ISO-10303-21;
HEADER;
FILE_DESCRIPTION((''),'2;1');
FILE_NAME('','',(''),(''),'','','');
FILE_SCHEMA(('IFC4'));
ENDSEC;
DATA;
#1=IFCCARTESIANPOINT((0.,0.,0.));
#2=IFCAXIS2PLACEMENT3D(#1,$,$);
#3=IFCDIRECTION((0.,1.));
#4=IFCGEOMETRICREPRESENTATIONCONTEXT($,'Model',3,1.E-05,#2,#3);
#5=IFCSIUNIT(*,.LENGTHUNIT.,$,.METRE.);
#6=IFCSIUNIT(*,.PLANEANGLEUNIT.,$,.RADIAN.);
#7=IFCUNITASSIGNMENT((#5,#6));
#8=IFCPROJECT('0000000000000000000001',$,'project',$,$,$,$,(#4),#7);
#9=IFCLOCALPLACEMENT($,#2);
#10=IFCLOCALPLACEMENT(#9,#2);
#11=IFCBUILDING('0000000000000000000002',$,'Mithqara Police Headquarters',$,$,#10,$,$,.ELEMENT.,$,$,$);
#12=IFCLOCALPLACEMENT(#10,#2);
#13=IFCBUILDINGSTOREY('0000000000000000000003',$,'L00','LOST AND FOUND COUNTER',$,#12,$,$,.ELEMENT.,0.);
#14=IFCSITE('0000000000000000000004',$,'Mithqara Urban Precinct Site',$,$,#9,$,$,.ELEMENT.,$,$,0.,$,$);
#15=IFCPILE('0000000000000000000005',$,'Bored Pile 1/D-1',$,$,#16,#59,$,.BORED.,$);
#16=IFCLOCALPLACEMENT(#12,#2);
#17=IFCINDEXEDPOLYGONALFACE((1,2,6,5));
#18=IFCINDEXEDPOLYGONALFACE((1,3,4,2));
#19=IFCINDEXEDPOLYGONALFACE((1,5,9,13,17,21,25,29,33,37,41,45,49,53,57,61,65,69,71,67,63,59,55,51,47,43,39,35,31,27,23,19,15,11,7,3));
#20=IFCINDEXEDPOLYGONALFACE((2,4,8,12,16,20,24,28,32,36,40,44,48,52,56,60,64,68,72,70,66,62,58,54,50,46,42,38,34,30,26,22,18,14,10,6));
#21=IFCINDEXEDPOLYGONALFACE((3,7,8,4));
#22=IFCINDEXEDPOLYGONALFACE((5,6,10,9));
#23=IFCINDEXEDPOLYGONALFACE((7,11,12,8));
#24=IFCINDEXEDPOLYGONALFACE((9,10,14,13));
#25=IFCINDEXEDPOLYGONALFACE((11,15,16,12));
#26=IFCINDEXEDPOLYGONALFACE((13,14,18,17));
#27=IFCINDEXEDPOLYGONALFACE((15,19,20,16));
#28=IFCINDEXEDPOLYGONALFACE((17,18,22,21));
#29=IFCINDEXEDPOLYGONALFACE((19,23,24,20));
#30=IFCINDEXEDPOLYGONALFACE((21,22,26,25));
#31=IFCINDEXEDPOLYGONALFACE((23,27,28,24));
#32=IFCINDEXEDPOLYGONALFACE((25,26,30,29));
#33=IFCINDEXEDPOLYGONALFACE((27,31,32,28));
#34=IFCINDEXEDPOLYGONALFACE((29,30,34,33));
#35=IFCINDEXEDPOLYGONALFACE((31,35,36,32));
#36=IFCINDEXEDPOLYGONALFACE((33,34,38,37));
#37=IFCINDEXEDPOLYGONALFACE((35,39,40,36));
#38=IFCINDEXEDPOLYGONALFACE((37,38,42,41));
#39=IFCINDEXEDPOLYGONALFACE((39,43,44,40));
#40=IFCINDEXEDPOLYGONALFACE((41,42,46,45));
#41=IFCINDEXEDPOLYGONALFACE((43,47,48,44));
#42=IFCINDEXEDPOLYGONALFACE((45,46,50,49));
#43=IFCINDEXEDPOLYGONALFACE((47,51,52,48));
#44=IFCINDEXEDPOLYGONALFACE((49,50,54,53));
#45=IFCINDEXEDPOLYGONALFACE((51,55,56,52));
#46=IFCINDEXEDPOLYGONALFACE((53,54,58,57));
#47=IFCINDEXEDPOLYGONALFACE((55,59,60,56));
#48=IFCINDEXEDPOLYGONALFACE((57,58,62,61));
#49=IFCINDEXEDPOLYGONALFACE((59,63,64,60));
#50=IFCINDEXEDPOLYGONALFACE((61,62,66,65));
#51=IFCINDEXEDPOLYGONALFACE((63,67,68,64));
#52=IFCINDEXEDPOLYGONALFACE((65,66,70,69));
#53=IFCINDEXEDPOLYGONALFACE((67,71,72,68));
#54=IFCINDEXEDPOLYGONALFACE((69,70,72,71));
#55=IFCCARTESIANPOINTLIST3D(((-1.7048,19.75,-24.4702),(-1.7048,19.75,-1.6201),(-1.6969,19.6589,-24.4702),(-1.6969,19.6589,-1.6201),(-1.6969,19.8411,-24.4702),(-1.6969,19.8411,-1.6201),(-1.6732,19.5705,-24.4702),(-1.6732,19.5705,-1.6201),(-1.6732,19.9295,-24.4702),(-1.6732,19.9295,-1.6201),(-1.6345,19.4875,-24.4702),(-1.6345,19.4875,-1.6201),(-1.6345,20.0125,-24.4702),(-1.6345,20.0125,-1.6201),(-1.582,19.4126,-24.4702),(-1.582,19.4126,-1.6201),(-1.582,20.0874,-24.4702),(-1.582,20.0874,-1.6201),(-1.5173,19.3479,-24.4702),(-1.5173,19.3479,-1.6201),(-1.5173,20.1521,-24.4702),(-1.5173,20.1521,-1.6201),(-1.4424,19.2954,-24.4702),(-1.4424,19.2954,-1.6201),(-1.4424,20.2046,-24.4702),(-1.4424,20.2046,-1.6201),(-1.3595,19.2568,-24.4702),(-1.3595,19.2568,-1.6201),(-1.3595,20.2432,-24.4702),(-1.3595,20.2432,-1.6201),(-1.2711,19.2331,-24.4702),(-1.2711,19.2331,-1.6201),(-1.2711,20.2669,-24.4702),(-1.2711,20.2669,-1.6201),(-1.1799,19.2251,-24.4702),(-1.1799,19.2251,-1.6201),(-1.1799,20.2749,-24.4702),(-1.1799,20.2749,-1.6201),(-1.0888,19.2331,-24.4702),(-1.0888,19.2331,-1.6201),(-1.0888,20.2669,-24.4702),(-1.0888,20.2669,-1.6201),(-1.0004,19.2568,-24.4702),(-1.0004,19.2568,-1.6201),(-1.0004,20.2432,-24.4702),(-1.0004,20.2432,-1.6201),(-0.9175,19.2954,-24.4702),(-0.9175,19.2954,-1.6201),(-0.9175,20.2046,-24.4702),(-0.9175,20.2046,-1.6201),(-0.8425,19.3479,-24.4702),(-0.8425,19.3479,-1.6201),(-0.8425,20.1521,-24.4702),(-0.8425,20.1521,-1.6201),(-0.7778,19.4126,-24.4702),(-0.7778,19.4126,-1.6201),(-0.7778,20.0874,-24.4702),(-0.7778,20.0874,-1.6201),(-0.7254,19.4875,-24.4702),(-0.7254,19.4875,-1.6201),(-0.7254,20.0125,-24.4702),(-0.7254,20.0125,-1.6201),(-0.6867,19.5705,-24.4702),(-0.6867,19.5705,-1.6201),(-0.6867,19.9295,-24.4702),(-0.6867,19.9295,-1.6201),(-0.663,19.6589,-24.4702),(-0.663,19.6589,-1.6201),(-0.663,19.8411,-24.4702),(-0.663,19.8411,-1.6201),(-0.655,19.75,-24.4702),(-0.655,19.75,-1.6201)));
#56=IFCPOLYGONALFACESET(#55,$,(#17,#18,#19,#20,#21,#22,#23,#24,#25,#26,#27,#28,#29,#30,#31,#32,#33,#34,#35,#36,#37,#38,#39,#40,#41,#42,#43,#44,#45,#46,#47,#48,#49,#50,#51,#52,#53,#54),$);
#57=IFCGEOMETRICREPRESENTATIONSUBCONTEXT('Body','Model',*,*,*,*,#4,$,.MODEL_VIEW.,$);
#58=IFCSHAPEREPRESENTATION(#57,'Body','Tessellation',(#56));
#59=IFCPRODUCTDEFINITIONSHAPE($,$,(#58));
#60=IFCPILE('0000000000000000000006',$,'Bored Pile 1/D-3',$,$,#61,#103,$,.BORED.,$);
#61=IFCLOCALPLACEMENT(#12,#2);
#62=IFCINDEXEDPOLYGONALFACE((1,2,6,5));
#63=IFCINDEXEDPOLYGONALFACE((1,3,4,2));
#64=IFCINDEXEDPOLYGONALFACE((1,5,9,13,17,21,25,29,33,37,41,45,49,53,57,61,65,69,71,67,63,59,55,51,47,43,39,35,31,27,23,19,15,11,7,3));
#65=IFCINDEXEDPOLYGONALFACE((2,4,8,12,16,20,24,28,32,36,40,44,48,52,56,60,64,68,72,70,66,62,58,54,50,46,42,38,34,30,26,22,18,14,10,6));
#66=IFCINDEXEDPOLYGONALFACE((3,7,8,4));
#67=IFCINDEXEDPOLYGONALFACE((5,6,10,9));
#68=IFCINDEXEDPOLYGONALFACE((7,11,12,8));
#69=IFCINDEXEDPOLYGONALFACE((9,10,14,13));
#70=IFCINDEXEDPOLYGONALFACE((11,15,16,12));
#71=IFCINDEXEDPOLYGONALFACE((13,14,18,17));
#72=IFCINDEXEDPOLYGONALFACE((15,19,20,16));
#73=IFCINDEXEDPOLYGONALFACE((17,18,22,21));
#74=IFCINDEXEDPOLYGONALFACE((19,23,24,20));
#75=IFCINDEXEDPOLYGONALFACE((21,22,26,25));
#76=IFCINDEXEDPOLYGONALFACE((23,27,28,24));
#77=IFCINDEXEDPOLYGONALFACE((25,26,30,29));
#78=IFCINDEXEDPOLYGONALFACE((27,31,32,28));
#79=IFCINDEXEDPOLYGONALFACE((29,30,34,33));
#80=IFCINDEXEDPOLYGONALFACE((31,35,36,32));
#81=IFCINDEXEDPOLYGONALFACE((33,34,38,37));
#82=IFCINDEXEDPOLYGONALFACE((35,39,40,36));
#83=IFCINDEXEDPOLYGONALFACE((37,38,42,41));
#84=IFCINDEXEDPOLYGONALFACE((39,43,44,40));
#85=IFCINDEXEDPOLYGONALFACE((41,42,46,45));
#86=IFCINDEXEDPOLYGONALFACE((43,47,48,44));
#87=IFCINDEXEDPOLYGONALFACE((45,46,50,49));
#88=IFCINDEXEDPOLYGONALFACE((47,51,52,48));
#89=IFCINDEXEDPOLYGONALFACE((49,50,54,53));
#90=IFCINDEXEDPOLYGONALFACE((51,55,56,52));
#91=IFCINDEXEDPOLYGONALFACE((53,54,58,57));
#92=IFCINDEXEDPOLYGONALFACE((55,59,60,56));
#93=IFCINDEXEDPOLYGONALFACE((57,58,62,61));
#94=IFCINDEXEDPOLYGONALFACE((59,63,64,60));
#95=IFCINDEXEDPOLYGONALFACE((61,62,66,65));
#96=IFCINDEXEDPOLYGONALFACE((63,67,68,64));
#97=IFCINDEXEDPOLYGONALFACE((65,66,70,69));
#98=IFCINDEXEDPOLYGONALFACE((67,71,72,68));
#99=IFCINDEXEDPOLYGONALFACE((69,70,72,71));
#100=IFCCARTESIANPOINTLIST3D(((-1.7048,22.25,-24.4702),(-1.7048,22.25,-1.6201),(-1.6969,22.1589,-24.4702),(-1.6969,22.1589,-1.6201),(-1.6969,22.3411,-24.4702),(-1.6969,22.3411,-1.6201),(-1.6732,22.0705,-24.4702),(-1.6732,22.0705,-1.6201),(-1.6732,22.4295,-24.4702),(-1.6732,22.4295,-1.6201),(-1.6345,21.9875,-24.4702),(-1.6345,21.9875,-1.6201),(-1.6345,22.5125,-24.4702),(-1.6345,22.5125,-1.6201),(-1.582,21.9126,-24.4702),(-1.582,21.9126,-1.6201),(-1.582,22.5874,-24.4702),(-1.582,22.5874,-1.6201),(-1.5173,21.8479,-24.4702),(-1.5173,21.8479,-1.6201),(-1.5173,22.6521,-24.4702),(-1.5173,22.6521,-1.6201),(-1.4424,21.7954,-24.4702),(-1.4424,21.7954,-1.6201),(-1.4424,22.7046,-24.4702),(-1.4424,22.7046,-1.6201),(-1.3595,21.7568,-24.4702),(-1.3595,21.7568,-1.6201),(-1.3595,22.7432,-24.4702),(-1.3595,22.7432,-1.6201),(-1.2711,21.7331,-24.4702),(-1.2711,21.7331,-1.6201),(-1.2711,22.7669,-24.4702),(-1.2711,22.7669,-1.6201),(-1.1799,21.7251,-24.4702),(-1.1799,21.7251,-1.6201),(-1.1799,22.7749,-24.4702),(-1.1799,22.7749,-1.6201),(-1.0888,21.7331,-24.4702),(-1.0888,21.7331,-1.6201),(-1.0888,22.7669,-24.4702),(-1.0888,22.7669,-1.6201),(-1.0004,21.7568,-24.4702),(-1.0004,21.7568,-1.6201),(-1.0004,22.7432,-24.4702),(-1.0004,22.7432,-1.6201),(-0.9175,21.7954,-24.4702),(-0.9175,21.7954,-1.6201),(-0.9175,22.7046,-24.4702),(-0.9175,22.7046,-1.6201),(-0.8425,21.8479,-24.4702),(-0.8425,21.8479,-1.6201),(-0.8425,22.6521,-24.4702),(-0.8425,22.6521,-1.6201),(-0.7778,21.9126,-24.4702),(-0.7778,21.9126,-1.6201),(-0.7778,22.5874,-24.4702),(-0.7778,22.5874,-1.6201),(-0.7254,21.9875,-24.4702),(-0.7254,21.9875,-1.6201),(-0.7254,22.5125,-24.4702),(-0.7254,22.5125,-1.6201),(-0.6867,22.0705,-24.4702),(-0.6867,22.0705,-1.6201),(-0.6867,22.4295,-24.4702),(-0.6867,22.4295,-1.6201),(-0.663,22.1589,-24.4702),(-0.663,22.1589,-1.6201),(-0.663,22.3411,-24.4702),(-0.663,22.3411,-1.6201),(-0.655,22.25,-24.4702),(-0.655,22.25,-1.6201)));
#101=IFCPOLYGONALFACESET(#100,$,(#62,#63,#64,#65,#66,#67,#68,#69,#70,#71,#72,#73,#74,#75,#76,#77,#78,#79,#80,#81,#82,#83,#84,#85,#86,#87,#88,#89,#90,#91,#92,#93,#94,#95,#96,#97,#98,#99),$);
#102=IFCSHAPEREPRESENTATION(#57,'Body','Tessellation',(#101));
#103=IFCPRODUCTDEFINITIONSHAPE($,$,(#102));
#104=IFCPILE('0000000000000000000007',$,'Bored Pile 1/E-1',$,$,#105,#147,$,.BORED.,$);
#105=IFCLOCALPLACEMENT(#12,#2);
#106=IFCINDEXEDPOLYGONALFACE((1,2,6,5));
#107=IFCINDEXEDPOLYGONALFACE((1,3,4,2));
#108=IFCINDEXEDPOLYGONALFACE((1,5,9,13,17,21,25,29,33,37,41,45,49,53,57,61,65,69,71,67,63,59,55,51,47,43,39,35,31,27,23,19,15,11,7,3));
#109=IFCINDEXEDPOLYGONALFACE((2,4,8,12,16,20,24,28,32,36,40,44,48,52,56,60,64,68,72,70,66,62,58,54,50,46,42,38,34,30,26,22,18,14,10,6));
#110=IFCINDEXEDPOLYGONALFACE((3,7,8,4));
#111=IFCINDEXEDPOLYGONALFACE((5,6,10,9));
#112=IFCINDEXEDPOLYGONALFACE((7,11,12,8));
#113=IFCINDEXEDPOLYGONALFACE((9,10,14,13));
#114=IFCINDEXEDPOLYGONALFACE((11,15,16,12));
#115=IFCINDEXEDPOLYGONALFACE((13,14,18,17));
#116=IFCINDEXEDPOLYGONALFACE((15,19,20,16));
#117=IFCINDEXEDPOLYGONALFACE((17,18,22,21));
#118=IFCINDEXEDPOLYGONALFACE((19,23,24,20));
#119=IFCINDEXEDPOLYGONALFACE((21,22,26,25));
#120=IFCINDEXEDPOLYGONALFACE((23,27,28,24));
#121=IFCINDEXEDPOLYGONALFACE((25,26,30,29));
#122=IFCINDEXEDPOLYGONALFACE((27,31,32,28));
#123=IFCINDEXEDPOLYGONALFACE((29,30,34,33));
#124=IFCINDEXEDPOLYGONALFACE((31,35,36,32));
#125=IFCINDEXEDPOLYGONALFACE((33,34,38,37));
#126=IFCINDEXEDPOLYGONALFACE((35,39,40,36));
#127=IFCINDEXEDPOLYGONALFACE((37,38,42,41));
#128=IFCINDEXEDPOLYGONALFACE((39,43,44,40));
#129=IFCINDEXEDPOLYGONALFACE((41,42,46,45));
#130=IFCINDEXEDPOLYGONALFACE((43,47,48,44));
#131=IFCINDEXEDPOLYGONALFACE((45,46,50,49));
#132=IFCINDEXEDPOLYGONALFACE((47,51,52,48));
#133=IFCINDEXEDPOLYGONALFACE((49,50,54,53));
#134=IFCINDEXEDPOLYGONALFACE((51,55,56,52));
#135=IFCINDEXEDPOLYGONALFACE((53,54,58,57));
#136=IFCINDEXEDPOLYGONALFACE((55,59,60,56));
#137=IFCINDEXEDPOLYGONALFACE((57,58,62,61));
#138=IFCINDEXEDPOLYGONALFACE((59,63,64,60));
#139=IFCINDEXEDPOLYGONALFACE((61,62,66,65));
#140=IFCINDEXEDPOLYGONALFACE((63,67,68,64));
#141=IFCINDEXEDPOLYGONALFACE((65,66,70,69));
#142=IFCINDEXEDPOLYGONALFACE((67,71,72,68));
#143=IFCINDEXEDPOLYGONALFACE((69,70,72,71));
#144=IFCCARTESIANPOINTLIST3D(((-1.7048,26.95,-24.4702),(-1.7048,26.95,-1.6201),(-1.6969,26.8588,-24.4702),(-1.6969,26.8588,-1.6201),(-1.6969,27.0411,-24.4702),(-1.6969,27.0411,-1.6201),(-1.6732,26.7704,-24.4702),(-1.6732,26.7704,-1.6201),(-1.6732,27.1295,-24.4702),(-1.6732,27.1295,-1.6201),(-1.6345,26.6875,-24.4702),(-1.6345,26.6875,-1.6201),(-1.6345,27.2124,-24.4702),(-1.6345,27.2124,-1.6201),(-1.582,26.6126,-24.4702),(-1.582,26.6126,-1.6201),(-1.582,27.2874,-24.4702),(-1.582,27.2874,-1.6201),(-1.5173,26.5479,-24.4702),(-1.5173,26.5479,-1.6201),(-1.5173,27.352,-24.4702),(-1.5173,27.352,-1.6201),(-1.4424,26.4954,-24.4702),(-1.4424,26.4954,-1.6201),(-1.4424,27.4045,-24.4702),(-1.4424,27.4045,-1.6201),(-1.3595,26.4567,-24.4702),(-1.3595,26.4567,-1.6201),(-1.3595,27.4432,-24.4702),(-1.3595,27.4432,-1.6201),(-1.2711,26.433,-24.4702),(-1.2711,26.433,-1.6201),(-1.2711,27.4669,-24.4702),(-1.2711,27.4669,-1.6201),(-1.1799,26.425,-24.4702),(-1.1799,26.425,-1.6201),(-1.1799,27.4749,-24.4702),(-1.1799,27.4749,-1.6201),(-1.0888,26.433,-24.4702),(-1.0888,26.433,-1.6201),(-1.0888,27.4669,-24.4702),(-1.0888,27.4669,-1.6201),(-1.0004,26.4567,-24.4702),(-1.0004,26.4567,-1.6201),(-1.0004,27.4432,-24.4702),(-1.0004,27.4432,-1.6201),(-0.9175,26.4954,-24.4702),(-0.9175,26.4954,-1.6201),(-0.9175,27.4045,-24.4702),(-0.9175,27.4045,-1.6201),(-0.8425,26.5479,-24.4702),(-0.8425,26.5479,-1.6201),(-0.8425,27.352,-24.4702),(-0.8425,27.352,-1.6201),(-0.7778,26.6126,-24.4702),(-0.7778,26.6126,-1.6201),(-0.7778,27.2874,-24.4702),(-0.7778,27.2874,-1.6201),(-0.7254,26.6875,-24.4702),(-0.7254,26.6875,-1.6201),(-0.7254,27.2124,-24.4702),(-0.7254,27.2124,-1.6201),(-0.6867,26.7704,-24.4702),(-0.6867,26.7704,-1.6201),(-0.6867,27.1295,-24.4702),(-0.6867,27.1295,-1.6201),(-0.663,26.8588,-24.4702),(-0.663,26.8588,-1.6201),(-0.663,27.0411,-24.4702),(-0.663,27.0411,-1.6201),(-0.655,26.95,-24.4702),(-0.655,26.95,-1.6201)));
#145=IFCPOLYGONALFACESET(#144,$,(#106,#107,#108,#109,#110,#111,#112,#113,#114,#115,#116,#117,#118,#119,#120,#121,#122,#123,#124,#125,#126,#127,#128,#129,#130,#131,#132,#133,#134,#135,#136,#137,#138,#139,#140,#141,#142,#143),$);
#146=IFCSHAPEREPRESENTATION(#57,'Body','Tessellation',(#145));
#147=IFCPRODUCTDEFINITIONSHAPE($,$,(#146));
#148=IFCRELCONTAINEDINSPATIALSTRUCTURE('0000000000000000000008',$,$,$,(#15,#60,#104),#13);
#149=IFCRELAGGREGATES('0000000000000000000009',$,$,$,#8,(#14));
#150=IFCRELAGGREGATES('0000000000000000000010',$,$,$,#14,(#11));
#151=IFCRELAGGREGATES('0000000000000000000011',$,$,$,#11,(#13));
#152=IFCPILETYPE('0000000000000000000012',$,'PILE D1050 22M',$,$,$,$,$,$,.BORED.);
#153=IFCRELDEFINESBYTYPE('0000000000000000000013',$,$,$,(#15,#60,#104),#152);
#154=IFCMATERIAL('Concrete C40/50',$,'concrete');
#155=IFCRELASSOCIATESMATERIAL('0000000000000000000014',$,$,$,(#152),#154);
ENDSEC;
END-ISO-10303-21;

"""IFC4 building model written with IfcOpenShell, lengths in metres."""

from ifc_helpers import new_model, si_unit, direction, frame, origin, origin_2d, place, context, subcontext, project, spatial, circle, extrude, material, material_profile, profile_set, type_object, element, save


model = new_model("IFC4")

# Units and contexts
model_context = context("Model", 3, precision=1e-05, world=origin(), true_north=direction((0.0, 1.0)))
body_context = subcontext(model_context, "Body", "Model", "MODEL_VIEW")
ifc_project = project(units=[si_unit("LENGTHUNIT", "METRE"), si_unit("PLANEANGLEUNIT", "RADIAN")], contexts=[model_context])

# Site, building, storey
site_placement = place(None, origin())
site = spatial("IfcSite", under=ifc_project, at=site_placement, Name="Mithqara Urban Precinct Site", CompositionType="ELEMENT", RefElevation=0.0)
building_placement = place(site_placement, origin())
building = spatial("IfcBuilding", under=site, at=building_placement, Name="Mithqara Police Headquarters", CompositionType="ELEMENT")
storey_placement = place(building_placement, origin())
storey = spatial("IfcBuildingStorey", under=building, at=storey_placement, Name="L00", Description="LOST AND FOUND COUNTER", CompositionType="ELEMENT", Elevation=0.0)

# Piles
ifc_material_1 = material(Name="Concrete C40/50", Category="concrete")
ifc_material_profile = material_profile(ifc_material_1, circle(Radius=0.5249, at=origin_2d()), Name="PILE D1050")
ifc_profile_set = profile_set([ifc_material_profile], Name="Concrete C40/50")
pile_type = type_object("IfcPileType", Name="PILE D1050 22M", PredefinedType="BORED", material=ifc_profile_set)
for number, where, z_axis, x_axis, name in (
    (1, (-1.1799, 19.75, -1.6201), (0.0, 0.0, -1.0), (1.0, 0.0, 0.0), "Bored Pile 1/D-1"),
    (2, (-1.1799, 22.25, -1.6201), (0.0, 0.0, -1.0), (1.0, 0.0, 0.0), "Bored Pile 1/D-3"),
    (3, (-1.1799, 26.95, -1.6201), (0.0, 0.0, -1.0), (1.0, 0.0, 0.0), "Bored Pile 1/E-1"),
):
    element("IfcPile", number, at=place(storey_placement, frame(where, z_axis=z_axis, x_axis=x_axis)), inside=storey, type_object=pile_type, Name=name, PredefinedType="BORED", context=body_context, shape_type="SweptSolid", body=[
        extrude(circle(Radius=0.5249, at=origin_2d()), origin(), (0.0, 0.0, 1.0), 22.8501),
    ])

save(model, "model.ifc")
